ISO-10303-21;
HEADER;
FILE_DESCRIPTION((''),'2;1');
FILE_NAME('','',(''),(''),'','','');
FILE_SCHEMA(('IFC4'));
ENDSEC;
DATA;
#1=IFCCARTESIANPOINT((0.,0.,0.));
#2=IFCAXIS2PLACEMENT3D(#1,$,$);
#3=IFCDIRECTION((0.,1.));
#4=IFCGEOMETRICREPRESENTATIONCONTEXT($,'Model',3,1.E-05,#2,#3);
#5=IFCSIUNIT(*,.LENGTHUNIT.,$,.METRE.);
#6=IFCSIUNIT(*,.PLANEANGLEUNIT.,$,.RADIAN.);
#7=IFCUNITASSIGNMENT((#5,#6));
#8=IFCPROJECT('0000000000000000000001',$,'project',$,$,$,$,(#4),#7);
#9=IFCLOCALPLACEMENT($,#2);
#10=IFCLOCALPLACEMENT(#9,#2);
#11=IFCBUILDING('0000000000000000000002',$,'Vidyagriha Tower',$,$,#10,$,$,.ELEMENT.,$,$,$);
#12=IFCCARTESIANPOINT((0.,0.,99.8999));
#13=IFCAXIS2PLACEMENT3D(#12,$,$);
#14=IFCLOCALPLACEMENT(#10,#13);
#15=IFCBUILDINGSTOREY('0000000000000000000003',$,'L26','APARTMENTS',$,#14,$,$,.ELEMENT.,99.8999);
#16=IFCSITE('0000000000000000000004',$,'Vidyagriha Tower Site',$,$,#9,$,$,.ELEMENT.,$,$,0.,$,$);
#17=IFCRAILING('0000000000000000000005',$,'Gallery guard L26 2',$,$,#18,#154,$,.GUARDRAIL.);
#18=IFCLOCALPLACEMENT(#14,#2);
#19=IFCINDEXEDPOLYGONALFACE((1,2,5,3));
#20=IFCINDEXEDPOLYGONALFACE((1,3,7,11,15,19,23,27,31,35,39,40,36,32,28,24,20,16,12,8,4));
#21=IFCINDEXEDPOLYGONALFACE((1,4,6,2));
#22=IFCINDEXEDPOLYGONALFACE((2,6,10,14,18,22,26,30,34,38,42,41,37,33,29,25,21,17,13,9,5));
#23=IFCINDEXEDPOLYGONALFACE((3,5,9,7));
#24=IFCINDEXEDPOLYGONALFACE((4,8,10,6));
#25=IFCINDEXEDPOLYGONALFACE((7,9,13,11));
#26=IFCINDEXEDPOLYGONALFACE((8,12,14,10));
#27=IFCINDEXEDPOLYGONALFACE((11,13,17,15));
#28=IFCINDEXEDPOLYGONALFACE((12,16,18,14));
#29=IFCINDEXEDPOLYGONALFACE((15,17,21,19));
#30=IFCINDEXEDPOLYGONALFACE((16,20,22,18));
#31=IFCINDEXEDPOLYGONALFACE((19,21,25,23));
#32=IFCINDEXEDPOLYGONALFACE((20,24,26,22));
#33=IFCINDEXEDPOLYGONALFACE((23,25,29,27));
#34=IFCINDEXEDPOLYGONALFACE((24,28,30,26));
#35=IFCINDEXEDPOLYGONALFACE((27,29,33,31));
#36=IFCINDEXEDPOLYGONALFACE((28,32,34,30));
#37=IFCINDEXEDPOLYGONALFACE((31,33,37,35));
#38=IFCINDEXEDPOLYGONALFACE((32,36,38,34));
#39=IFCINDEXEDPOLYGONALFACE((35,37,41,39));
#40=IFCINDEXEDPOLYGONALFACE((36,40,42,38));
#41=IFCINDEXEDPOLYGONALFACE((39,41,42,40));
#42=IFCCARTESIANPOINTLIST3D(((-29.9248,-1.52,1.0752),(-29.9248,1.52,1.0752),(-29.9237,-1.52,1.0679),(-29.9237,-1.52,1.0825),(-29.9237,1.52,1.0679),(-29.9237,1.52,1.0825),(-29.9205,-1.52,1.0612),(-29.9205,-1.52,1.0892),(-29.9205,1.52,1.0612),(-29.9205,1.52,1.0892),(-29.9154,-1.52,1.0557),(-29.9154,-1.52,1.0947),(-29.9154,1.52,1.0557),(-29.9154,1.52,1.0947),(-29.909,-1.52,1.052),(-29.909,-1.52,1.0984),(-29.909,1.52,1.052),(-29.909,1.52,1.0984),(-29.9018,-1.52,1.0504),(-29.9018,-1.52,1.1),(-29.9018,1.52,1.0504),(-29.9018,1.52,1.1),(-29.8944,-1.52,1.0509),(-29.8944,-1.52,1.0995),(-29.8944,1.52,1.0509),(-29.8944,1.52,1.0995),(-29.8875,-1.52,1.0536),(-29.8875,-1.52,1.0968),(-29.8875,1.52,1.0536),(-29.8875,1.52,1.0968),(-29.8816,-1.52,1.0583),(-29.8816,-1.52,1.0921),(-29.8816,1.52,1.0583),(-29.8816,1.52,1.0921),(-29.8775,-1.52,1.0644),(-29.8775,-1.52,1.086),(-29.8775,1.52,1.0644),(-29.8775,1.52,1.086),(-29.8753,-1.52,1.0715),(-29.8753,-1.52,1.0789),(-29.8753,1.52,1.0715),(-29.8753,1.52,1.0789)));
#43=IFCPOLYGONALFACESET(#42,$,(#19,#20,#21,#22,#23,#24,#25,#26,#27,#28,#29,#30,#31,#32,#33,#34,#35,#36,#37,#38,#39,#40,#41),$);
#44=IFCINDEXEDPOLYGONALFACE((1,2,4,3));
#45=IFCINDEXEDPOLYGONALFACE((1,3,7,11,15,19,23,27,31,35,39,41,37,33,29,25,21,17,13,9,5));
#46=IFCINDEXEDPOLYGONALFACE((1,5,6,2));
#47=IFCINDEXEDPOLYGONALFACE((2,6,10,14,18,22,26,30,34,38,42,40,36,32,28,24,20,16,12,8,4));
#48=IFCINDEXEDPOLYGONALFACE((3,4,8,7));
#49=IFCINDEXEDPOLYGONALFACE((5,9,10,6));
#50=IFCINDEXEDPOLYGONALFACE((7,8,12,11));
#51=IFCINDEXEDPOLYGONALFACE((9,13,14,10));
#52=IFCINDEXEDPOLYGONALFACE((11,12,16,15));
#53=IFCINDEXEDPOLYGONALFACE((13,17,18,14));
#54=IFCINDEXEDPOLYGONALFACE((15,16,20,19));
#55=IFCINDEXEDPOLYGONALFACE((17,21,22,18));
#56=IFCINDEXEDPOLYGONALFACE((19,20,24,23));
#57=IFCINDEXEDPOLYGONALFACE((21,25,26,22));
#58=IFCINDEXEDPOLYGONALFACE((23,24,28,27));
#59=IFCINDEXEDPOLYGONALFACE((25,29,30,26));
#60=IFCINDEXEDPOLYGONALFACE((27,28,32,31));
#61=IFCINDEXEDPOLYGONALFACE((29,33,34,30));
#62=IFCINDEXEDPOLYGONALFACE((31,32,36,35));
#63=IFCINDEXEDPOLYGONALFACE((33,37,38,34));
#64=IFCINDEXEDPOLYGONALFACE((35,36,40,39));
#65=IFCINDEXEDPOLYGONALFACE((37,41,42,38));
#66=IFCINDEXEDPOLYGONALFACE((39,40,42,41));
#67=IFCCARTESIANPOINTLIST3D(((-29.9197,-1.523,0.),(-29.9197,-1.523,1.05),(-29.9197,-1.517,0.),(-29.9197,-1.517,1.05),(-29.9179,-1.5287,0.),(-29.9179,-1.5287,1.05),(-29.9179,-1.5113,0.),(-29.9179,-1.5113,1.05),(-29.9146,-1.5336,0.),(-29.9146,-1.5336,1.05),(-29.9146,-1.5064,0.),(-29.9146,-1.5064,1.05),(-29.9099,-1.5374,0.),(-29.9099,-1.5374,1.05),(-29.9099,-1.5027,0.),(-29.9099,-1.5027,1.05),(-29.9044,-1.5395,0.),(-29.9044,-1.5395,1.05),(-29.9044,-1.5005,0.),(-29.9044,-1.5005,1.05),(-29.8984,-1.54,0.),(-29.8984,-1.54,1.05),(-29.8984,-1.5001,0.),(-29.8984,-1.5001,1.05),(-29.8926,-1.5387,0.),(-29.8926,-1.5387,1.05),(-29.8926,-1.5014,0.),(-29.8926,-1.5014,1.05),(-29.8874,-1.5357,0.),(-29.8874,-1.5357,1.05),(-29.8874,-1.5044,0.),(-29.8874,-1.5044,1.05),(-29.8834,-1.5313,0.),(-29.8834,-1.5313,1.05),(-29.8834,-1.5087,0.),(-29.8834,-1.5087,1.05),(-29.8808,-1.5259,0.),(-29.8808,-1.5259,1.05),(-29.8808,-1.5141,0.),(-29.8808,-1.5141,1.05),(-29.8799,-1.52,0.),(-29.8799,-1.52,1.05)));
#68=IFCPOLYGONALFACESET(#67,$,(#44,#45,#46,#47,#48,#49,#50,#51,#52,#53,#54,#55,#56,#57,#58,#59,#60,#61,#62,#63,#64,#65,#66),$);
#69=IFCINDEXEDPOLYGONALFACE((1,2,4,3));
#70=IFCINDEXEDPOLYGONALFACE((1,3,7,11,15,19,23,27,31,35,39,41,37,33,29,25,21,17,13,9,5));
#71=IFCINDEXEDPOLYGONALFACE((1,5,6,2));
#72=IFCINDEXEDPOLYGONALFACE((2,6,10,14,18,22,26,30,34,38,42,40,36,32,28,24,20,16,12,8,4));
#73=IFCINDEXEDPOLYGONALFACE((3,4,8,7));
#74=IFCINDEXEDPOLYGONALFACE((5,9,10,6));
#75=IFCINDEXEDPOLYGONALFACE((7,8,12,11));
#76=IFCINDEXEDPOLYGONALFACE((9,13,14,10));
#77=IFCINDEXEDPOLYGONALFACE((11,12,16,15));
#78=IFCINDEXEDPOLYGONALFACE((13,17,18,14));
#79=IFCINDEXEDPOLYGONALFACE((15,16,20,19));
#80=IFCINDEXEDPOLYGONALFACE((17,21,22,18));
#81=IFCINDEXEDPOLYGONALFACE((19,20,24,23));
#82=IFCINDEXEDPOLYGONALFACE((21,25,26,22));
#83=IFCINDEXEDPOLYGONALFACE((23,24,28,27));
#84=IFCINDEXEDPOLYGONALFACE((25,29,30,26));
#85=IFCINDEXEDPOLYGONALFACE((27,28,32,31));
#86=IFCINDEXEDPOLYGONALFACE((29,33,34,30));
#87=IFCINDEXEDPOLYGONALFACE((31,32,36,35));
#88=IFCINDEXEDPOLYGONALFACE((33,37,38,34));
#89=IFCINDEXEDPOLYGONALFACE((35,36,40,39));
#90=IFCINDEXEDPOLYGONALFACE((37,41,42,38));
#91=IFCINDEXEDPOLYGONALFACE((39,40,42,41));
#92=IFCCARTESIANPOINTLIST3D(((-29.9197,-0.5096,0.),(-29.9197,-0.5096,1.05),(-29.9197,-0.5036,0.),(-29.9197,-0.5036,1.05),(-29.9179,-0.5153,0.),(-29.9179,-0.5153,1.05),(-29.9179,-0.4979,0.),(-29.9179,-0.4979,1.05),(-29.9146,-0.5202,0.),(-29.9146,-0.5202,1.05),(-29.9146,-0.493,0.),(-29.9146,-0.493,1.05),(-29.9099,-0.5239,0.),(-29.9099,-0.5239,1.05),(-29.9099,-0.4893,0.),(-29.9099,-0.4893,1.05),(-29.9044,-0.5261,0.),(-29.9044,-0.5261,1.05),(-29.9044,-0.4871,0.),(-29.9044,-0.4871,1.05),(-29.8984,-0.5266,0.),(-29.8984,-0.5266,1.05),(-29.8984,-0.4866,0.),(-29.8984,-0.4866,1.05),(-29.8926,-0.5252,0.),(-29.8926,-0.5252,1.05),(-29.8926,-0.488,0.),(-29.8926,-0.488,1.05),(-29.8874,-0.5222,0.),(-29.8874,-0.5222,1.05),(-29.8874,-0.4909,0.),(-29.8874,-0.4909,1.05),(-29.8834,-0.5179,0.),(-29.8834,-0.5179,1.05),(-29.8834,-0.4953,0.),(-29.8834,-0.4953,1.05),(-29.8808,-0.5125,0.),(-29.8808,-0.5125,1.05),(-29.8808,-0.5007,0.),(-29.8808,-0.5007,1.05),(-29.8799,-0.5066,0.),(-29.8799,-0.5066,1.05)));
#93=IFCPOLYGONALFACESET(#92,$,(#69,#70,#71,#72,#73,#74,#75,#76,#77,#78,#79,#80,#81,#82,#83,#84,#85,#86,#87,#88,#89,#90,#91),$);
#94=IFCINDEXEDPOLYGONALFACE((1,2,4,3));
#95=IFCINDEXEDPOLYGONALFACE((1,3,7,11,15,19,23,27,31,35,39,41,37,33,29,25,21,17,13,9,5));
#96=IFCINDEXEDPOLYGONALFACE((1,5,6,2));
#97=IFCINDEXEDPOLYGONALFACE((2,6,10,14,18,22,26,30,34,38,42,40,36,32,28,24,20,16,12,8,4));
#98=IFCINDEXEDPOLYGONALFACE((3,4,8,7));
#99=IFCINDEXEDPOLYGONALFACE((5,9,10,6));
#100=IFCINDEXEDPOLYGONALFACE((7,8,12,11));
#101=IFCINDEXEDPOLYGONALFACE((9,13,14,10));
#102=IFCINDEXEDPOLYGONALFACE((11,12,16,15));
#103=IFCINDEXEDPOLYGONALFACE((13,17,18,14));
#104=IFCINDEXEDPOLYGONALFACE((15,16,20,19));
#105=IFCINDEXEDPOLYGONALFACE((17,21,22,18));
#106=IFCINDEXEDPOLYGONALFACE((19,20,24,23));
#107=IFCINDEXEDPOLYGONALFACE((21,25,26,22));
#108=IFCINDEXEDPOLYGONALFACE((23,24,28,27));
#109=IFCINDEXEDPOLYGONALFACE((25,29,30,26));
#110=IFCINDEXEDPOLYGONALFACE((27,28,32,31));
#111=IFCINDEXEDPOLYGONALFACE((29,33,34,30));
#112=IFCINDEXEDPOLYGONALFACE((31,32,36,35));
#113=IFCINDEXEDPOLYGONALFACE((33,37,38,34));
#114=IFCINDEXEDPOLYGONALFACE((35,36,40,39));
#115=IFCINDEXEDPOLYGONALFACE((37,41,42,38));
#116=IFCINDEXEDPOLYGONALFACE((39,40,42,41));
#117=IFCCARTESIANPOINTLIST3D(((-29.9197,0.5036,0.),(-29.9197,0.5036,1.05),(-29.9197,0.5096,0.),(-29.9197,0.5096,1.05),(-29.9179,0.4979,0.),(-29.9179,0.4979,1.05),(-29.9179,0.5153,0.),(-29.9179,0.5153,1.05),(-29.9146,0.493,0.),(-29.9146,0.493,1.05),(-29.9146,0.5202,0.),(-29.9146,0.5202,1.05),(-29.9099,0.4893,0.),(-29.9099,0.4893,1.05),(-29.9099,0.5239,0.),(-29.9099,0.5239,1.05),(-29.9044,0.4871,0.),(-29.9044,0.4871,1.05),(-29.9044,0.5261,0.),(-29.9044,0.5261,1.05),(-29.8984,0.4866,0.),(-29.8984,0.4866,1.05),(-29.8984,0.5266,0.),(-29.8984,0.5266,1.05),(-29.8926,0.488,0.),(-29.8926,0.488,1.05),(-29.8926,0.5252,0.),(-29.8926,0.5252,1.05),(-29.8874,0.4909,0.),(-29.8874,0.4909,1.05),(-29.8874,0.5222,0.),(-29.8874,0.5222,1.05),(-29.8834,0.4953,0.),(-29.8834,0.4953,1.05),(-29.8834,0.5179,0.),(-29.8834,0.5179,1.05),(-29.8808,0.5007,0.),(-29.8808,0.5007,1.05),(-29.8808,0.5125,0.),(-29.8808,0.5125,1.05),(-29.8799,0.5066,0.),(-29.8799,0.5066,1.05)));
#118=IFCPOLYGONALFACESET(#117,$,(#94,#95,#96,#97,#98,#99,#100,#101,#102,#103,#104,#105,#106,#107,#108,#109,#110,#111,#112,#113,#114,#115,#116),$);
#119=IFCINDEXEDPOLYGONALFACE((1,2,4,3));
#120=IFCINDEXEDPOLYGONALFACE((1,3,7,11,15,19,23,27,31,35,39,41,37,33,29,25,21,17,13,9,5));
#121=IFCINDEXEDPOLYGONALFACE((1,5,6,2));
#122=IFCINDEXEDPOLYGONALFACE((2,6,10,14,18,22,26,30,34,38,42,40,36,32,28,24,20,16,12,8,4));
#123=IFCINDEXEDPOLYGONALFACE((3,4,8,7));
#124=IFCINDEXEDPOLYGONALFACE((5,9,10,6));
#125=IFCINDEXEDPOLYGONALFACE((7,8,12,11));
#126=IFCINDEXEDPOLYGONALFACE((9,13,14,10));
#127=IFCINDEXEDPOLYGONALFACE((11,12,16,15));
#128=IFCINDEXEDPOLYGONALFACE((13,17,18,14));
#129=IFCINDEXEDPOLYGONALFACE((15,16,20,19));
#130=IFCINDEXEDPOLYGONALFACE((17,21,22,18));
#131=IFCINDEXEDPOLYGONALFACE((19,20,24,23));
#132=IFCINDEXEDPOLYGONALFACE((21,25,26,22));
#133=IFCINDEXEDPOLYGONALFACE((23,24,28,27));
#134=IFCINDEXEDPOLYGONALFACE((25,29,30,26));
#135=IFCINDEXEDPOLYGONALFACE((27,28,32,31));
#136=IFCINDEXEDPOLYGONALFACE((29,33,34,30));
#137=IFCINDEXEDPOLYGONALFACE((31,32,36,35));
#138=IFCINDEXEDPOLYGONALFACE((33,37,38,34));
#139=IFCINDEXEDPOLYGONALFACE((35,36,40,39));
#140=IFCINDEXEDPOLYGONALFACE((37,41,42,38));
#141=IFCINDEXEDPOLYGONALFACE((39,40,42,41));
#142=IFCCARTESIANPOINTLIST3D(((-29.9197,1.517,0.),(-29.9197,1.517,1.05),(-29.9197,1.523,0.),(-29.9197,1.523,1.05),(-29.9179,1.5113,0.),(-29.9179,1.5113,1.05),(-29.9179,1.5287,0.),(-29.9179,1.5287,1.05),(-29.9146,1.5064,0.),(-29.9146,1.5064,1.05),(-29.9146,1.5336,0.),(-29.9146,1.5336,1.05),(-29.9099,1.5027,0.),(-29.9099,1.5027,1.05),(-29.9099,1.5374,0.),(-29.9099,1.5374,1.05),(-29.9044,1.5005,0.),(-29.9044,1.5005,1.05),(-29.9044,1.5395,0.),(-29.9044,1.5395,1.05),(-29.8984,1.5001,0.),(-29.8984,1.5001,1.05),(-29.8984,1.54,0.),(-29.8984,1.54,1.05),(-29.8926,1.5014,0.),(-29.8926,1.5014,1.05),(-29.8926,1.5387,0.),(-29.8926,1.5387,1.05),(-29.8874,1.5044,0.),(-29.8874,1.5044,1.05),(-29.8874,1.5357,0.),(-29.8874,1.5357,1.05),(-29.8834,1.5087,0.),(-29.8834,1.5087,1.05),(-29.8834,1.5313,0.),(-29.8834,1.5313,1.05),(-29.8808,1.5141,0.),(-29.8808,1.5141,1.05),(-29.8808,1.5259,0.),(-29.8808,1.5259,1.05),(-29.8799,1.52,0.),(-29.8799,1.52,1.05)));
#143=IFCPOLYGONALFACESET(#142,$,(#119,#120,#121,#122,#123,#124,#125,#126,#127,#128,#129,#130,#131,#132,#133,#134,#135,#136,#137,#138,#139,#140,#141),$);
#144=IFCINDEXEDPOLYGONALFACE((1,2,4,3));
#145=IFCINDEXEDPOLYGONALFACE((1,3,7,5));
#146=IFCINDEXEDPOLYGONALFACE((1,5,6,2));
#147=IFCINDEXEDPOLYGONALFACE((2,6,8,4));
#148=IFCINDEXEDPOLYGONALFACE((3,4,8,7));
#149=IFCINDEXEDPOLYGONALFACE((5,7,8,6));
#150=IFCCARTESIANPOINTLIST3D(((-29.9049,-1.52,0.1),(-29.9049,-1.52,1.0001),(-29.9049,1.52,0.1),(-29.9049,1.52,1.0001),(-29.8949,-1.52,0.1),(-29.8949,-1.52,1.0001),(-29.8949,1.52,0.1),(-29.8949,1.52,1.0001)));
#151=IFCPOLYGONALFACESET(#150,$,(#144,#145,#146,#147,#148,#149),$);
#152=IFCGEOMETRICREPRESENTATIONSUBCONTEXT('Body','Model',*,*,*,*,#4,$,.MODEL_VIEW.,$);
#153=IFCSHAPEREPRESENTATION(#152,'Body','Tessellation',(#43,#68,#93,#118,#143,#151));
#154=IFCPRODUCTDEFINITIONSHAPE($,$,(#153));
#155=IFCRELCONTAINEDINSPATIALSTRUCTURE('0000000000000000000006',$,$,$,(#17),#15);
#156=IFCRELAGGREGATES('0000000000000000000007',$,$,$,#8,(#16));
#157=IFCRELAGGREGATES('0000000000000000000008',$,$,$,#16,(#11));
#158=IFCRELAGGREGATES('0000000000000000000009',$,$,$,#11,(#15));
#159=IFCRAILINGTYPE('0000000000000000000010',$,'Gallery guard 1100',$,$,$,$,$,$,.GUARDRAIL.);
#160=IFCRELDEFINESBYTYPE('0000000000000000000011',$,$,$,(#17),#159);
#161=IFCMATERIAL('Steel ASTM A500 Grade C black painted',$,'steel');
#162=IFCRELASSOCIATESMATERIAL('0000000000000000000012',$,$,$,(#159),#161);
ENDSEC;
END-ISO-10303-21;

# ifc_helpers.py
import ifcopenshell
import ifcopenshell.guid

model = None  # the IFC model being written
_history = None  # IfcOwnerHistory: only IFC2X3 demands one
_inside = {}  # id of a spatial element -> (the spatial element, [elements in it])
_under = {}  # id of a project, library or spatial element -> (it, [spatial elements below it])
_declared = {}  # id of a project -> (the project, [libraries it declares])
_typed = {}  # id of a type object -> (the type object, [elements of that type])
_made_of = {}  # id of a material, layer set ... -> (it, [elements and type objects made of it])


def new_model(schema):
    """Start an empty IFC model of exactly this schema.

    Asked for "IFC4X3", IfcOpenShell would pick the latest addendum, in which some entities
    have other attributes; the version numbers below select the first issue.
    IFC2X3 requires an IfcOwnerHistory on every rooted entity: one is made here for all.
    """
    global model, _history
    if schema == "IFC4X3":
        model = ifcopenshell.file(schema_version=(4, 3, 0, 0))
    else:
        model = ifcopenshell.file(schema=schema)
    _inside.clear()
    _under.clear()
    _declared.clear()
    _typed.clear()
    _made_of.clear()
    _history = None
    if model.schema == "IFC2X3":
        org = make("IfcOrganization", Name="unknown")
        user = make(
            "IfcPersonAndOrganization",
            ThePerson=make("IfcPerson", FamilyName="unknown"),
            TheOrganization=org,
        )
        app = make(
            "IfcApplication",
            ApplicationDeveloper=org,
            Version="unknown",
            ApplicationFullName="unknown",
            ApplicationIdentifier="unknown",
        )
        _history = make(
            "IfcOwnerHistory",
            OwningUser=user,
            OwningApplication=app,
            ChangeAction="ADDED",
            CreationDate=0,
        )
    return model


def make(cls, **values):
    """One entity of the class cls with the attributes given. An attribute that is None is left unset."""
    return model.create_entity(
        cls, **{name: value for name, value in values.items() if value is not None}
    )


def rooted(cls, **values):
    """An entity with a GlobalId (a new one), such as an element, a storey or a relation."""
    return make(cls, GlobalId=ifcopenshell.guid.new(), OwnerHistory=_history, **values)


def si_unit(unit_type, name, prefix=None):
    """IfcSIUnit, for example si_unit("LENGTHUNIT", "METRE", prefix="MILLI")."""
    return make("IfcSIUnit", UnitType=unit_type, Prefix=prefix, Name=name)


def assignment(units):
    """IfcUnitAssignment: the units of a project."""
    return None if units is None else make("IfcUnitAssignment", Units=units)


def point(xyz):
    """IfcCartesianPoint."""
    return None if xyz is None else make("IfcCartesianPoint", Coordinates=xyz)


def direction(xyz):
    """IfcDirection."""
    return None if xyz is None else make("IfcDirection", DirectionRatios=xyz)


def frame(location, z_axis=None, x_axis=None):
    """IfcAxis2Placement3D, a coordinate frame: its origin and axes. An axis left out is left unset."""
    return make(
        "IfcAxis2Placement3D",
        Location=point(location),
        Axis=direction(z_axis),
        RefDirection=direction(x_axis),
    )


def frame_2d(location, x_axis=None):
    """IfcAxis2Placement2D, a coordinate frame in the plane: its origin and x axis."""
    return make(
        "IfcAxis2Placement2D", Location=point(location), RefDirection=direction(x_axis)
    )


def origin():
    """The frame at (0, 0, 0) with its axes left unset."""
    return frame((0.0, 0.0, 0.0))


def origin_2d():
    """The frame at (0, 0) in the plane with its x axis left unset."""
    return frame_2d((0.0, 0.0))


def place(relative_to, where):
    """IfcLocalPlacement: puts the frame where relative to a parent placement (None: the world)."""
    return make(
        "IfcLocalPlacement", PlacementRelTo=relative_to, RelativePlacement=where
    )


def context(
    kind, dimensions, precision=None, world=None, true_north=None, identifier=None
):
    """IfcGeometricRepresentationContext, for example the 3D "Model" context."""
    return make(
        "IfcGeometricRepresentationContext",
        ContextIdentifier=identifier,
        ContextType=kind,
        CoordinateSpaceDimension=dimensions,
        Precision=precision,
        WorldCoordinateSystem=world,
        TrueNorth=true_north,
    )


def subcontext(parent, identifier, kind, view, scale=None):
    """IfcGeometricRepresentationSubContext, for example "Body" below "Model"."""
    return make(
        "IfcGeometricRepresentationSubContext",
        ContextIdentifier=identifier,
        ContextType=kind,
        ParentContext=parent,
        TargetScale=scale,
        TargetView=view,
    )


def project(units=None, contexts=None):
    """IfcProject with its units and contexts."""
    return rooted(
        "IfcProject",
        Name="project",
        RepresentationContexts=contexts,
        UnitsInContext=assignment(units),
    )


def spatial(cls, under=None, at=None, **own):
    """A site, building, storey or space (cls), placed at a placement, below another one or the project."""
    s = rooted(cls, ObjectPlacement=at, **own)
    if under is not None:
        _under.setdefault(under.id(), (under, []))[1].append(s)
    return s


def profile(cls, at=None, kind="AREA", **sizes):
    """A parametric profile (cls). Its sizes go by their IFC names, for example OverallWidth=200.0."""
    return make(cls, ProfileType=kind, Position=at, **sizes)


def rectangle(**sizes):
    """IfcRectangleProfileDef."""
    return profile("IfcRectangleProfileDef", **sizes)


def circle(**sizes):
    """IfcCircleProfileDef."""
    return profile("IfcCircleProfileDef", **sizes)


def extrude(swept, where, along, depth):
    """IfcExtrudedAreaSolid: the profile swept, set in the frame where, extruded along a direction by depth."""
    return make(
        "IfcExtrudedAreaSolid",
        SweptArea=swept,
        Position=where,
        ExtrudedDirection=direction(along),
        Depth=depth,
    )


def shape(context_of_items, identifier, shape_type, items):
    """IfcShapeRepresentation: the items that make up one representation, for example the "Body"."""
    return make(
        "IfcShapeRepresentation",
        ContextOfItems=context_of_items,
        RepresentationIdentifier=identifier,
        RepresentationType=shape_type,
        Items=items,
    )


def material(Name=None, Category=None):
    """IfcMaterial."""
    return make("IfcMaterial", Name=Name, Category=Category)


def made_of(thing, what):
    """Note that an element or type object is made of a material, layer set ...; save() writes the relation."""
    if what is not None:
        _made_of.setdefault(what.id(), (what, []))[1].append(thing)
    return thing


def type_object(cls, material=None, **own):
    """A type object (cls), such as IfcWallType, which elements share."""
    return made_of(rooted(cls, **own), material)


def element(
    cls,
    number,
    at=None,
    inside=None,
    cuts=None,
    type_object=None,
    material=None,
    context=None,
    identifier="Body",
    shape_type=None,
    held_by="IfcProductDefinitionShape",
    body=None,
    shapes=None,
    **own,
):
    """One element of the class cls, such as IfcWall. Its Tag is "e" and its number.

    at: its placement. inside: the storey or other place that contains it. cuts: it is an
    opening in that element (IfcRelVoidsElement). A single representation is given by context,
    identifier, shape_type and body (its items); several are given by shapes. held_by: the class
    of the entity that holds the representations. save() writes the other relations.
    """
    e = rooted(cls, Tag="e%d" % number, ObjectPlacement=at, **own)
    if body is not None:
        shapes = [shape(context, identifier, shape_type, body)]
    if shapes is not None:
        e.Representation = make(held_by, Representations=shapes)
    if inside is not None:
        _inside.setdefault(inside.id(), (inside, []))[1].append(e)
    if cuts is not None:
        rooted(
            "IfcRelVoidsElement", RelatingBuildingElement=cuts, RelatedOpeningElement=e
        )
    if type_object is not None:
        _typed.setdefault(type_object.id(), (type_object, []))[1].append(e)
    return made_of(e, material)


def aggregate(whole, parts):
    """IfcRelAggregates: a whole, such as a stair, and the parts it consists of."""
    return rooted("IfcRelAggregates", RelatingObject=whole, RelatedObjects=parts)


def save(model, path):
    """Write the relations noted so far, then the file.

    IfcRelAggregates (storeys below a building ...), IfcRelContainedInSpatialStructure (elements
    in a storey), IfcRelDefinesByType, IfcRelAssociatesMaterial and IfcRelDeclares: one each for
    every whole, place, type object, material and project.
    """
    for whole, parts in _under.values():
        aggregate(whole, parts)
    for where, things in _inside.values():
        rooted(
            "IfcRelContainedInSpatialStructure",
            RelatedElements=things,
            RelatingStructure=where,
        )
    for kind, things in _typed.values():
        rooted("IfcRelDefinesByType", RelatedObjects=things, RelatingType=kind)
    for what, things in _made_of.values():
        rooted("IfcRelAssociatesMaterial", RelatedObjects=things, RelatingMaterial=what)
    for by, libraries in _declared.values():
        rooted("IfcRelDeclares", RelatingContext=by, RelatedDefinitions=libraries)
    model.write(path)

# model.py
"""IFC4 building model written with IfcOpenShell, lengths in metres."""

from ifc_helpers import new_model, si_unit, direction, frame, origin, origin_2d, place, context, subcontext, project, spatial, rectangle, circle, extrude, material, type_object, element, save


model = new_model("IFC4")

# Units and contexts
model_context = context("Model", 3, precision=1e-05, world=origin(), true_north=direction((0.0, 1.0)))
body_context = subcontext(model_context, "Body", "Model", "MODEL_VIEW")
ifc_project = project(units=[si_unit("LENGTHUNIT", "METRE"), si_unit("PLANEANGLEUNIT", "RADIAN")], contexts=[model_context])

# Site, building, storey
site_placement = place(None, origin())
site = spatial("IfcSite", under=ifc_project, at=site_placement, Name="Vidyagriha Tower Site", CompositionType="ELEMENT", RefElevation=0.0)
building_placement = place(site_placement, origin())
building = spatial("IfcBuilding", under=site, at=building_placement, Name="Vidyagriha Tower", CompositionType="ELEMENT")
storey_placement = place(building_placement, frame((0.0, 0.0, 99.8999)))
storey = spatial("IfcBuildingStorey", under=building, at=storey_placement, Name="L26", Description="APARTMENTS", CompositionType="ELEMENT", Elevation=99.8999)

# Railing
ifc_material_1 = material(Name="Steel ASTM A500 Grade C black painted", Category="steel")
railing_type_1 = type_object("IfcRailingType", Name="Gallery guard 1100", PredefinedType="GUARDRAIL", material=ifc_material_1)
railing_1_placement = place(storey_placement, frame((-29.8999, -1.52, 0.0)))
element("IfcRailing", 1, at=railing_1_placement, inside=storey, type_object=railing_type_1, Name="Gallery guard L26 2", PredefinedType="GUARDRAIL", context=body_context, shape_type="SweptSolid", body=[
    extrude(circle(Radius=0.0249, at=origin_2d()), frame((0.0, 0.0, 1.0752), z_axis=(0.0, 1.0, 0.0), x_axis=(-1.0, 0.0, 0.0)), (0.0, 0.0, 1.0), 3.04),
    extrude(circle(Radius=0.02, at=origin_2d()), origin(), (0.0, 0.0, 1.0), 1.05),
    extrude(circle(Radius=0.02, at=origin_2d()), frame((0.0, 1.0134, 0.0)), (0.0, 0.0, 1.0), 1.05),
    extrude(circle(Radius=0.02, at=origin_2d()), frame((0.0, 2.0266, 0.0)), (0.0, 0.0, 1.0), 1.05),
    extrude(circle(Radius=0.02, at=origin_2d()), frame((0.0, 3.04, 0.0)), (0.0, 0.0, 1.0), 1.05),
    extrude(rectangle(XDim=0.01, YDim=0.9001, at=origin_2d()), frame((0.0, 0.0, 0.55), z_axis=(0.0, 1.0, 0.0), x_axis=(-1.0, 0.0, 0.0)), (0.0, 0.0, 1.0), 3.04),
])

save(model, "model.ifc")
